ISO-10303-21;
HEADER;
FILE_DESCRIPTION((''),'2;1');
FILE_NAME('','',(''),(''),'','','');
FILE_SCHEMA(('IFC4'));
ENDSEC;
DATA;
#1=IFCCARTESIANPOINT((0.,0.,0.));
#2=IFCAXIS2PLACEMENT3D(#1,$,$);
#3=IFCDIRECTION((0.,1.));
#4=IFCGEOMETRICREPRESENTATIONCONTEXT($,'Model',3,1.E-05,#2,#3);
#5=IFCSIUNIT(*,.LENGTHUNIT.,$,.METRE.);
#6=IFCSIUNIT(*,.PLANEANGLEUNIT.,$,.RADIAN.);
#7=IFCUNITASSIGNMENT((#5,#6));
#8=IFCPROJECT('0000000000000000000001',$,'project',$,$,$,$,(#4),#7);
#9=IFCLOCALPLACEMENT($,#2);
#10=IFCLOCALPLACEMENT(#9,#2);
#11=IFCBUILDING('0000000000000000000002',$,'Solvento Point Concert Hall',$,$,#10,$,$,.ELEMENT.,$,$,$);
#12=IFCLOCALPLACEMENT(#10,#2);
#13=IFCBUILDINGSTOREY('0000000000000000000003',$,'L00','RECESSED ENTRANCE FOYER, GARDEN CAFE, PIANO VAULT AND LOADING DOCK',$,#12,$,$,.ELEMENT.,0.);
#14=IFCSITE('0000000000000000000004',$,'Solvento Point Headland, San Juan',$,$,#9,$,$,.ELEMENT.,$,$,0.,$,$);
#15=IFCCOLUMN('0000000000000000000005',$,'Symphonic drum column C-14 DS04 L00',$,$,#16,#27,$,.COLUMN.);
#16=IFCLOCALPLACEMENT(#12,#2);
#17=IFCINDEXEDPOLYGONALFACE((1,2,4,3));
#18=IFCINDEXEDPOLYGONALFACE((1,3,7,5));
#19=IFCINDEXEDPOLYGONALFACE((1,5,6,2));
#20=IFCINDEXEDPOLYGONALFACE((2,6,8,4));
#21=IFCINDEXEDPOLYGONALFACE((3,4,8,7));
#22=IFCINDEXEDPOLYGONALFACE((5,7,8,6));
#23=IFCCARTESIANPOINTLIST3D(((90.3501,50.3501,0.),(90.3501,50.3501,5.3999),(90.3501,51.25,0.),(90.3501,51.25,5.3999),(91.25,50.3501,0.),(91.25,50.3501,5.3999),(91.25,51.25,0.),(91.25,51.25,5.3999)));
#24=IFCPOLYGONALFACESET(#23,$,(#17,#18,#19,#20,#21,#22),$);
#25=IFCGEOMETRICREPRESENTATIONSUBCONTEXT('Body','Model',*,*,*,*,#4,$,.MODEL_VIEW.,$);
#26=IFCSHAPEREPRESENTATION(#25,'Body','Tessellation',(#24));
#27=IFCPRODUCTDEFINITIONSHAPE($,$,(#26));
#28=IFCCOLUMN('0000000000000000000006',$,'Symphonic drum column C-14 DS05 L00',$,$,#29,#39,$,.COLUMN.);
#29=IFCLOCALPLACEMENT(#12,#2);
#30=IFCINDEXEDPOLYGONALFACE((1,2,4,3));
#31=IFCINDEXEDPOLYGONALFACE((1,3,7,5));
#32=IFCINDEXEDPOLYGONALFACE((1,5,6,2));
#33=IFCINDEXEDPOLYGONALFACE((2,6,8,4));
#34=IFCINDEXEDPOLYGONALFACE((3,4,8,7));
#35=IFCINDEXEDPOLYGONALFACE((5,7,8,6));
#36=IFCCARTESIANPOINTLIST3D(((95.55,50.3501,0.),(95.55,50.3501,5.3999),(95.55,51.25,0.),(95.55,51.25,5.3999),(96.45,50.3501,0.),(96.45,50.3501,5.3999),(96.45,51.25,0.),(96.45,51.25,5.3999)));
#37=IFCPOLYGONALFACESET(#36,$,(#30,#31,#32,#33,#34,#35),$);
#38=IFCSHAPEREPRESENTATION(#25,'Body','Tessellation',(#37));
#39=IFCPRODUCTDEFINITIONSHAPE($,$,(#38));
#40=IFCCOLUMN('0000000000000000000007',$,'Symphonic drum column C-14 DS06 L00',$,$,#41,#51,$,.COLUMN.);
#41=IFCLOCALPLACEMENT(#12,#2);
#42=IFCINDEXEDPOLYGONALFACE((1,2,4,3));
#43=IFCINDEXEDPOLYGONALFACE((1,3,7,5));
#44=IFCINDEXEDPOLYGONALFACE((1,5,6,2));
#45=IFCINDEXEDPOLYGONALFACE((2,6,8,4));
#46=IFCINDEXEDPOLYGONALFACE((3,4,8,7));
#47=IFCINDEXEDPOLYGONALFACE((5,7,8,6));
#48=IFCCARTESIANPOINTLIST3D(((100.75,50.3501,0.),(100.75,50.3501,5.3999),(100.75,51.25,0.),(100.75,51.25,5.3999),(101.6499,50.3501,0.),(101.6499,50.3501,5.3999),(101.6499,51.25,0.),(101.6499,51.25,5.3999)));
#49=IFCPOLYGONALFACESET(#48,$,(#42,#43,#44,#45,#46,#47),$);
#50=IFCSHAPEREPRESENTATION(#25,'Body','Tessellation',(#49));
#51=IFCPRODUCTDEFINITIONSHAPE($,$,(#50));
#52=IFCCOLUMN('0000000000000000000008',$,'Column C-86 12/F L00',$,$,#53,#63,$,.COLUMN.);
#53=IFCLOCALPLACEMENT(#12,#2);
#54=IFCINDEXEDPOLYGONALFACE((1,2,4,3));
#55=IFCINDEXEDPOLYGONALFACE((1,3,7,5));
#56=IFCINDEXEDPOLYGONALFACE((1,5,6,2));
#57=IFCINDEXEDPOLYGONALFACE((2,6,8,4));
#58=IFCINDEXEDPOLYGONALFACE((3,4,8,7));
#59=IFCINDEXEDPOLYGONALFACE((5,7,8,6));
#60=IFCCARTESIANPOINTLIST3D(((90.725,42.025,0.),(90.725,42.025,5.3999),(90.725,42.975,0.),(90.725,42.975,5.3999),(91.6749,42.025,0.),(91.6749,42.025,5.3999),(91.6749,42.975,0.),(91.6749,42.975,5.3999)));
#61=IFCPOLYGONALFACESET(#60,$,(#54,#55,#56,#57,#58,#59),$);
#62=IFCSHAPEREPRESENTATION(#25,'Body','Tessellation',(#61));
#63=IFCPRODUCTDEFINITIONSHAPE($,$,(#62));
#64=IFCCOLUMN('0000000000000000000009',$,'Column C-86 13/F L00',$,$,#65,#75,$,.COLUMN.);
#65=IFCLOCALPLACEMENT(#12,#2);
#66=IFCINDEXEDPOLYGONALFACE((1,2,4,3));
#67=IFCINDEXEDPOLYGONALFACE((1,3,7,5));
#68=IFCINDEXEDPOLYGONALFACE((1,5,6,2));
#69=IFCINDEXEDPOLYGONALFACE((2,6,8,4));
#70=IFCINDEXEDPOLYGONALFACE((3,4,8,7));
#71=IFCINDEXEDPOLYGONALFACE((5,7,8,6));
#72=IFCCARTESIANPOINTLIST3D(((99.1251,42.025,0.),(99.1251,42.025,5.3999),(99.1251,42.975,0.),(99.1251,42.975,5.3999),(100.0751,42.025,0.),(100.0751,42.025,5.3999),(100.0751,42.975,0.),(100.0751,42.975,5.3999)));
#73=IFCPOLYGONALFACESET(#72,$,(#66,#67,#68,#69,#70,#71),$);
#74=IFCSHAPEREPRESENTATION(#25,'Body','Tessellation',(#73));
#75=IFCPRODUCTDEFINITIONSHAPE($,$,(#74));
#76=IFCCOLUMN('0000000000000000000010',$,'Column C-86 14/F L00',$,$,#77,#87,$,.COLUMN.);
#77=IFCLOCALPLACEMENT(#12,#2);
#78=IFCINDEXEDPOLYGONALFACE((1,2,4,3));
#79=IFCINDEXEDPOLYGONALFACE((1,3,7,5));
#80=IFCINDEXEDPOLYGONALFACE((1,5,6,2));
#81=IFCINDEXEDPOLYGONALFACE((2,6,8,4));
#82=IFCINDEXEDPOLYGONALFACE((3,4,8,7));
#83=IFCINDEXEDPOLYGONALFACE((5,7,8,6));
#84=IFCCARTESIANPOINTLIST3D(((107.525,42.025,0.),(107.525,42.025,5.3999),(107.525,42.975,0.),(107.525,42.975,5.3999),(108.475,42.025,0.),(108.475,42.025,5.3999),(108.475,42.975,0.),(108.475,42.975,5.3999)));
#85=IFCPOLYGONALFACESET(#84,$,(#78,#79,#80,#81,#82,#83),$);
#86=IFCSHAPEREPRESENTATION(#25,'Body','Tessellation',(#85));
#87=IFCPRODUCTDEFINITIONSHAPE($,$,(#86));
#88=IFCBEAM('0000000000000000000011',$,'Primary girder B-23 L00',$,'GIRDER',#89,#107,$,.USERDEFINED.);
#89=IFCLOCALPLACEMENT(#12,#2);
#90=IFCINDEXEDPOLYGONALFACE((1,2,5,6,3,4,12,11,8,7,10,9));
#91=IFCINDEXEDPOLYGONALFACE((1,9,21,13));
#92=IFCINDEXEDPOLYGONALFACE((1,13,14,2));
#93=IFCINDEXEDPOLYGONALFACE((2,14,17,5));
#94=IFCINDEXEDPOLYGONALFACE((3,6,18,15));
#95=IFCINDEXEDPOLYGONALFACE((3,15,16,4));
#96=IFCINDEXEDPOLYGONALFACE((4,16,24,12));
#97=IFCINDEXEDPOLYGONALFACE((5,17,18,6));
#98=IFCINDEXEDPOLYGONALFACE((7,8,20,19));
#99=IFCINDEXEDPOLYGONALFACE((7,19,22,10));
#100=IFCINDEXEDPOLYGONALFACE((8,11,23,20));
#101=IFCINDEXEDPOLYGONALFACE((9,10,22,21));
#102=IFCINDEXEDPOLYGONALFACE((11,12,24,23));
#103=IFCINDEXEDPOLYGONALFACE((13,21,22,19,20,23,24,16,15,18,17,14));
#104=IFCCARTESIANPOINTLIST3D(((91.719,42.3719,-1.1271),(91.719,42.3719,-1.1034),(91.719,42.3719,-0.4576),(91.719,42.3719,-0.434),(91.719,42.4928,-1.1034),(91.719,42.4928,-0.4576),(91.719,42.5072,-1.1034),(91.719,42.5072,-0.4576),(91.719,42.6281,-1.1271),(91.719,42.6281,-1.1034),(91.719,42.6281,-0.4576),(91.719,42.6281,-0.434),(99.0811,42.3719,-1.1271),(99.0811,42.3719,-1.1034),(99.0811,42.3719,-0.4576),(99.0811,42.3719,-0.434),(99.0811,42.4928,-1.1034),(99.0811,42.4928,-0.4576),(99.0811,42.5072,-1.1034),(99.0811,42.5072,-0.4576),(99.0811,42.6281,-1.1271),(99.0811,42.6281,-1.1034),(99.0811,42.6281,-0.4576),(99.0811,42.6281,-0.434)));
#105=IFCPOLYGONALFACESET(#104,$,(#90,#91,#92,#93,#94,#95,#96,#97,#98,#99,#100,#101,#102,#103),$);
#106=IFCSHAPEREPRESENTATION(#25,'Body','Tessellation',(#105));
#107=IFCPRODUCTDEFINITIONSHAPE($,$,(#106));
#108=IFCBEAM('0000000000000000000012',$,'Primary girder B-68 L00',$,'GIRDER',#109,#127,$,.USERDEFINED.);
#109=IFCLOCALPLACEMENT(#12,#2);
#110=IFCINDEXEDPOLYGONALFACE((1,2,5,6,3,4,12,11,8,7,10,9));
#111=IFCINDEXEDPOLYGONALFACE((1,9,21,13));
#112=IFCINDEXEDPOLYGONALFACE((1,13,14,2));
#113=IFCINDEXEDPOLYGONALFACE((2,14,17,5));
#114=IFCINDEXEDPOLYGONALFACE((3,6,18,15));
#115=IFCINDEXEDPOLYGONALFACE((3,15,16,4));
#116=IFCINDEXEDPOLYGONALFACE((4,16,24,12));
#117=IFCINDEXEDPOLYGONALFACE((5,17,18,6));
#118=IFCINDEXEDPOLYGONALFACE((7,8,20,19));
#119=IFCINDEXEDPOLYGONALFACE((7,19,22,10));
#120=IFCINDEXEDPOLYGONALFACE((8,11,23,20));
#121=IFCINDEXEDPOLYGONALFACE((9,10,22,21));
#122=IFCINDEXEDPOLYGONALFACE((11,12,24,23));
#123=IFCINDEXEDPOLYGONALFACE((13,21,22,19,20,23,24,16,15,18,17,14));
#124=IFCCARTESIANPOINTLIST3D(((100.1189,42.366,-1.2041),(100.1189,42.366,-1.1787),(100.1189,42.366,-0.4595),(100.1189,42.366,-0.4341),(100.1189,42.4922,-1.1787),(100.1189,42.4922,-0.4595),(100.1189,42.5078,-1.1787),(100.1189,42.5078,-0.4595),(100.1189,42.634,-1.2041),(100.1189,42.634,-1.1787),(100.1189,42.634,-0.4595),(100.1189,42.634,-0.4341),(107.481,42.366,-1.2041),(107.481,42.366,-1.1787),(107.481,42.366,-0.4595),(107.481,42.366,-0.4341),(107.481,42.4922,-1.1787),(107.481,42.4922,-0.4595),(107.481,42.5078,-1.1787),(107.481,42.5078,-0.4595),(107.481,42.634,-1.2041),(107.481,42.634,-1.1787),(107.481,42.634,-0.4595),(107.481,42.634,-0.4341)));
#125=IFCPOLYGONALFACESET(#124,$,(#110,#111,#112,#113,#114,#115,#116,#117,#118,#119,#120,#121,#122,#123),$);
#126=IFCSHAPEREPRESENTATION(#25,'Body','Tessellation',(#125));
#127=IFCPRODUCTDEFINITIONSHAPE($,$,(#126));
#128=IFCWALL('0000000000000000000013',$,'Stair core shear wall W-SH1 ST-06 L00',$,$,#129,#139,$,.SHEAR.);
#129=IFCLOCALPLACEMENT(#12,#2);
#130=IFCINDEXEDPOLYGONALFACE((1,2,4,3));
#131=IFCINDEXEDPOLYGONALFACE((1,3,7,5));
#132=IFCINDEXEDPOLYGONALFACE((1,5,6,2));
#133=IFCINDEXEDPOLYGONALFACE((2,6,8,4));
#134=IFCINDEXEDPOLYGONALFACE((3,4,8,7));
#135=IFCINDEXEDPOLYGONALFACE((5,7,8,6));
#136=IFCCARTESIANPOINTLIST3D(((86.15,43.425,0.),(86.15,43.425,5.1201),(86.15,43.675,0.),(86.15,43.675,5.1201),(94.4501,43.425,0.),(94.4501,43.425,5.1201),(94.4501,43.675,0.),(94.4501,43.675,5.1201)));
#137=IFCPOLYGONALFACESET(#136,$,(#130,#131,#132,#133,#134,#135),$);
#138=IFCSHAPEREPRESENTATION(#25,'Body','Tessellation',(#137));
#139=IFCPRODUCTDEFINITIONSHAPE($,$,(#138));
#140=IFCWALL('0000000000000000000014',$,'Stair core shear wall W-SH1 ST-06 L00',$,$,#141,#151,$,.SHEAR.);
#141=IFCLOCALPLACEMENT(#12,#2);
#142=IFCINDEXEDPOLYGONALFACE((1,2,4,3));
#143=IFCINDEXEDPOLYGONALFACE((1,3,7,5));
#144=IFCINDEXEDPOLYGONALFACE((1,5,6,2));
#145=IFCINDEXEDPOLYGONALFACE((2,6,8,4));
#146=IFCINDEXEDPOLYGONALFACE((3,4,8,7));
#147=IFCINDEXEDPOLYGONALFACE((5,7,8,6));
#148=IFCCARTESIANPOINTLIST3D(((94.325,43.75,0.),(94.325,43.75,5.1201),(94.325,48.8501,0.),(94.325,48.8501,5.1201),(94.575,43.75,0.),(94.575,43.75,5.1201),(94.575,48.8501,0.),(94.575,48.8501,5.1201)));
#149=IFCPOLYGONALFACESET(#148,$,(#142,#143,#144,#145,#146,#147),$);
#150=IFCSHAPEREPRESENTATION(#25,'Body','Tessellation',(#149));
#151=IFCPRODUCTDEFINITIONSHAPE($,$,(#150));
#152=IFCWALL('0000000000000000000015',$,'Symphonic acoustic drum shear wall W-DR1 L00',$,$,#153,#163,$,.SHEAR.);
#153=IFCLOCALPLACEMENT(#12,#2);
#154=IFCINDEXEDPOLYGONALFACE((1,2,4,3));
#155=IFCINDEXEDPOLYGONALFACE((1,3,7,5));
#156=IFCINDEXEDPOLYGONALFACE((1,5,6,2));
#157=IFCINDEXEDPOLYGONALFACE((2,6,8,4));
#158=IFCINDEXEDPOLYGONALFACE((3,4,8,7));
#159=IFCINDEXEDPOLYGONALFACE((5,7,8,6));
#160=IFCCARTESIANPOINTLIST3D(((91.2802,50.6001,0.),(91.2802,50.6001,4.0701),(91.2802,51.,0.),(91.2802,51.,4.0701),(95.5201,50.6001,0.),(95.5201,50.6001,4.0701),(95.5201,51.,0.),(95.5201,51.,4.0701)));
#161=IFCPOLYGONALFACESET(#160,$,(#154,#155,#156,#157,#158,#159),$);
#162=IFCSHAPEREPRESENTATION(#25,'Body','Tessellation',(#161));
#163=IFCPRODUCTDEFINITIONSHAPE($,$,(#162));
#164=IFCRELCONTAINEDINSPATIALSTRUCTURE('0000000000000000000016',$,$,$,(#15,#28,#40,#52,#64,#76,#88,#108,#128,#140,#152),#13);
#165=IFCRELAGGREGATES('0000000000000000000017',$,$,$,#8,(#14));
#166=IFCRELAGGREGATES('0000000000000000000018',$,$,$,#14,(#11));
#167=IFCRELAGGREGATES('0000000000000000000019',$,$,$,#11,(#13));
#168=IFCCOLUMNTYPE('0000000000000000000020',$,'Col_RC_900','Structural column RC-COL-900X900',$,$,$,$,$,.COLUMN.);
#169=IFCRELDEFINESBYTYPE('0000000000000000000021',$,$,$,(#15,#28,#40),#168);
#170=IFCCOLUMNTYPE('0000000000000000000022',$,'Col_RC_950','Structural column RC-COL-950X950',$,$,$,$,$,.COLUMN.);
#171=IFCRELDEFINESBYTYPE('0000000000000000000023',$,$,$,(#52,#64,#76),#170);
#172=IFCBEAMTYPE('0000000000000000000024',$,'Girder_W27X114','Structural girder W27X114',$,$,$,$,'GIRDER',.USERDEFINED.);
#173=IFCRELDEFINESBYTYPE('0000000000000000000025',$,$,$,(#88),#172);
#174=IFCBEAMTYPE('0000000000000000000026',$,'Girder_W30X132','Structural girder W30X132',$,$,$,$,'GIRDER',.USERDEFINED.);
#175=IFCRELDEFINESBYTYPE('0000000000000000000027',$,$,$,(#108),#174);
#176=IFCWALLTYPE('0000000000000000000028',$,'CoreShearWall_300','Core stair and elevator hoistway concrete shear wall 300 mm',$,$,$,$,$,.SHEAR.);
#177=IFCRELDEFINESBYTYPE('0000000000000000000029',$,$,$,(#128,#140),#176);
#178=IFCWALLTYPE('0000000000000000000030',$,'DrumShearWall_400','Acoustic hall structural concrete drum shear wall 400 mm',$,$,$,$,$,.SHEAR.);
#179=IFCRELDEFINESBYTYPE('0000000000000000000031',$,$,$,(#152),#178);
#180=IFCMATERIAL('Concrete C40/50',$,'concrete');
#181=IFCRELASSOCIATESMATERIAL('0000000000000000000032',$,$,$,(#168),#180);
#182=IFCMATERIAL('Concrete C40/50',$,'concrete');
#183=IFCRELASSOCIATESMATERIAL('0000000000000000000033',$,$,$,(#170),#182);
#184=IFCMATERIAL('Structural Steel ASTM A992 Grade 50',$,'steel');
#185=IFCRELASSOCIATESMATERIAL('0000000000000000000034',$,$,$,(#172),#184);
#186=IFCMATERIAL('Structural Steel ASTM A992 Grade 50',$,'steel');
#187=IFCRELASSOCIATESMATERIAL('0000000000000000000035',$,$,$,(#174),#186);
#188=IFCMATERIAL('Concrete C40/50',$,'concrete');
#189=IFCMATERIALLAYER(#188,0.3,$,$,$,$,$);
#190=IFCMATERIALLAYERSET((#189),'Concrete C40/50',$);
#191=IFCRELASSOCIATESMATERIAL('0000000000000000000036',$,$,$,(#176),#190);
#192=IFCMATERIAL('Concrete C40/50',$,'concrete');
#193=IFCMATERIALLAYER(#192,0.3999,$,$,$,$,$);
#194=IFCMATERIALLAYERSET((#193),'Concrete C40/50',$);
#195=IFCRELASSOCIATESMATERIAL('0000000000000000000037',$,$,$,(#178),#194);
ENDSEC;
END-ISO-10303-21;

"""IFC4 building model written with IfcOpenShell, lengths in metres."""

from ifc_helpers import new_model, si_unit, direction, frame, frame_2d, origin, origin_2d, place, context, subcontext, project, spatial, rectangle, i_section, extrude, material, layer, layer_set, material_profile, profile_set, type_object, element, save


model = new_model("IFC4")

# Units and contexts
model_context = context("Model", 3, precision=1e-05, world=origin(), true_north=direction((0.0, 1.0)))
body_context = subcontext(model_context, "Body", "Model", "MODEL_VIEW")
ifc_project = project(units=[si_unit("LENGTHUNIT", "METRE"), si_unit("PLANEANGLEUNIT", "RADIAN")], contexts=[model_context])

# Site, building, storey
site_placement = place(None, origin())
site = spatial("IfcSite", under=ifc_project, at=site_placement, Name="Solvento Point Headland, San Juan", CompositionType="ELEMENT", RefElevation=0.0)
building_placement = place(site_placement, origin())
building = spatial("IfcBuilding", under=site, at=building_placement, Name="Solvento Point Concert Hall", CompositionType="ELEMENT")
storey_placement = place(building_placement, origin())
storey = spatial("IfcBuildingStorey", under=building, at=storey_placement, Name="L00", Description="RECESSED ENTRANCE FOYER, GARDEN CAFE, PIANO VAULT AND LOADING DOCK", CompositionType="ELEMENT", Elevation=0.0)

# Columns
ifc_material_1 = material(Name="Concrete C40/50", Category="concrete")
ifc_material_profile_1 = material_profile(ifc_material_1, rectangle(XDim=0.8999, YDim=0.8999, at=origin_2d()), Name="RC-COL-900X900")
ifc_profile_set_1 = profile_set([ifc_material_profile_1], Name="Concrete C40/50")
column_type_1 = type_object("IfcColumnType", Name="Col_RC_900", Description="Structural column RC-COL-900X900", PredefinedType="COLUMN", material=ifc_profile_set_1)
for number, where, z_axis, x_axis, name in (
    (1, (90.8, 50.8, 0.0), (0.0, 0.0, 1.0), (1.0, 0.0, 0.0), "Symphonic drum column C-14 DS04 L00"),
    (2, (96.0, 50.8, 0.0), (0.0, 0.0, 1.0), (1.0, 0.0, 0.0), "Symphonic drum column C-14 DS05 L00"),
    (3, (101.2, 50.8, 0.0), (0.0, 0.0, 1.0), (1.0, 0.0, 0.0), "Symphonic drum column C-14 DS06 L00"),
):
    element("IfcColumn", number, at=place(storey_placement, frame(where, z_axis=z_axis, x_axis=x_axis)), inside=storey, type_object=column_type_1, Name=name, PredefinedType="COLUMN", context=body_context, shape_type="SweptSolid", body=[
        extrude(rectangle(XDim=0.8999, YDim=0.8999, at=origin_2d()), origin(), (0.0, 0.0, 1.0), 5.3999),
    ])
ifc_material_2 = material(Name="Concrete C40/50", Category="concrete")
ifc_material_profile_2 = material_profile(ifc_material_2, rectangle(XDim=0.95, YDim=0.95, at=origin_2d()), Name="RC-COL-950X950")
ifc_profile_set_2 = profile_set([ifc_material_profile_2], Name="Concrete C40/50")
column_type_2 = type_object("IfcColumnType", Name="Col_RC_950", Description="Structural column RC-COL-950X950", PredefinedType="COLUMN", material=ifc_profile_set_2)
for number, where, z_axis, x_axis, name in (
    (4, (91.2, 42.5, 0.0), (0.0, 0.0, 1.0), (1.0, 0.0, 0.0), "Column C-86 12/F L00"),
    (5, (99.6001, 42.5, 0.0), (0.0, 0.0, 1.0), (1.0, 0.0, 0.0), "Column C-86 13/F L00"),
    (6, (108.0, 42.5, 0.0), (0.0, 0.0, 1.0), (1.0, 0.0, 0.0), "Column C-86 14/F L00"),
):
    element("IfcColumn", number, at=place(storey_placement, frame(where, z_axis=z_axis, x_axis=x_axis)), inside=storey, type_object=column_type_2, Name=name, PredefinedType="COLUMN", context=body_context, shape_type="SweptSolid", body=[
        extrude(rectangle(XDim=0.95, YDim=0.95, at=origin_2d()), origin(), (0.0, 0.0, 1.0), 5.3999),
    ])

# Beams
ifc_material_3 = material(Name="Structural Steel ASTM A992 Grade 50", Category="steel")
ifc_material_profile_3 = material_profile(ifc_material_3, i_section(OverallWidth=0.2561, OverallDepth=0.6931, WebThickness=0.0144, FlangeThickness=0.0237, at=origin_2d()), Name="W27X114")
ifc_profile_set_3 = profile_set([ifc_material_profile_3], Name="Structural Steel ASTM A992 Grade 50")
beam_type_1 = type_object("IfcBeamType", Name="Girder_W27X114", Description="Structural girder W27X114", ElementType="GIRDER", PredefinedType="USERDEFINED", material=ifc_profile_set_3)
beam_1_placement = place(storey_placement, frame((91.719, 42.5, -0.7805), z_axis=(1.0, 0.0, 0.0), x_axis=(0.0, 1.0, 0.0)))
element("IfcBeam", 7, at=beam_1_placement, inside=storey, type_object=beam_type_1, Name="Primary girder B-23 L00", ObjectType="GIRDER", PredefinedType="USERDEFINED", context=body_context, shape_type="SweptSolid", body=[
    extrude(i_section(OverallWidth=0.2561, OverallDepth=0.6931, WebThickness=0.0144, FlangeThickness=0.0237, at=origin_2d()), origin(), (0.0, 0.0, 1.0), 7.3621),
])
ifc_material_4 = material(Name="Structural Steel ASTM A992 Grade 50", Category="steel")
ifc_material_profile_4 = material_profile(ifc_material_4, i_section(OverallWidth=0.2681, OverallDepth=0.77, WebThickness=0.0156, FlangeThickness=0.0254, at=origin_2d()), Name="W30X132")
ifc_profile_set_4 = profile_set([ifc_material_profile_4], Name="Structural Steel ASTM A992 Grade 50")
beam_type_2 = type_object("IfcBeamType", Name="Girder_W30X132", Description="Structural girder W30X132", ElementType="GIRDER", PredefinedType="USERDEFINED", material=ifc_profile_set_4)
beam_2_placement = place(storey_placement, frame((100.1189, 42.5, -0.8191), z_axis=(1.0, 0.0, 0.0), x_axis=(0.0, 1.0, 0.0)))
element("IfcBeam", 8, at=beam_2_placement, inside=storey, type_object=beam_type_2, Name="Primary girder B-68 L00", ObjectType="GIRDER", PredefinedType="USERDEFINED", context=body_context, shape_type="SweptSolid", body=[
    extrude(i_section(OverallWidth=0.2681, OverallDepth=0.77, WebThickness=0.0156, FlangeThickness=0.0254, at=origin_2d()), origin(), (0.0, 0.0, 1.0), 7.3621),
])

# Walls
ifc_material_5 = material(Name="Concrete C40/50", Category="concrete")
ifc_layer_1 = layer(ifc_material_5, 0.3)
ifc_layer_set_1 = layer_set([ifc_layer_1], Name="Concrete C40/50")
wall_type_1 = type_object("IfcWallType", Name="CoreShearWall_300", Description="Core stair and elevator hoistway concrete shear wall 300 mm", PredefinedType="SHEAR", material=ifc_layer_set_1)
wall_1_placement = place(storey_placement, frame((94.45, 43.55, 0.0), z_axis=(0.0, 0.0, 1.0), x_axis=(-1.0, 0.0, 0.0)))
element("IfcWall", 9, at=wall_1_placement, inside=storey, type_object=wall_type_1, Name="Stair core shear wall W-SH1 ST-06 L00", PredefinedType="SHEAR", context=body_context, shape_type="SweptSolid", body=[
    extrude(rectangle(XDim=8.3, YDim=0.25, at=frame_2d((4.1499, 0.0))), origin(), (0.0, 0.0, 1.0), 5.1201),
])
wall_2_placement = place(storey_placement, frame((94.45, 48.8501, 0.0), z_axis=(0.0, 0.0, 1.0), x_axis=(0.0, -1.0, 0.0)))
element("IfcWall", 10, at=wall_2_placement, inside=storey, type_object=wall_type_1, Name="Stair core shear wall W-SH1 ST-06 L00", PredefinedType="SHEAR", context=body_context, shape_type="SweptSolid", body=[
    extrude(rectangle(XDim=5.1001, YDim=0.25, at=frame_2d((2.55, 0.0))), origin(), (0.0, 0.0, 1.0), 5.1201),
])
ifc_material_6 = material(Name="Concrete C40/50", Category="concrete")
ifc_layer_2 = layer(ifc_material_6, 0.3999)
ifc_layer_set_2 = layer_set([ifc_layer_2], Name="Concrete C40/50")
wall_type_2 = type_object("IfcWallType", Name="DrumShearWall_400", Description="Acoustic hall structural concrete drum shear wall 400 mm", PredefinedType="SHEAR", material=ifc_layer_set_2)
wall_3_placement = place(storey_placement, frame((91.28, 50.8, 0.0), z_axis=(0.0, 0.0, 1.0), x_axis=(1.0, 0.0, 0.0)))
element("IfcWall", 11, at=wall_3_placement, inside=storey, type_object=wall_type_2, Name="Symphonic acoustic drum shear wall W-DR1 L00", PredefinedType="SHEAR", context=body_context, shape_type="SweptSolid", body=[
    extrude(rectangle(XDim=4.24, YDim=0.3999, at=frame_2d((2.1201, 0.0))), origin(), (0.0, 0.0, 1.0), 4.0701),
])

save(model, "model.ifc")
